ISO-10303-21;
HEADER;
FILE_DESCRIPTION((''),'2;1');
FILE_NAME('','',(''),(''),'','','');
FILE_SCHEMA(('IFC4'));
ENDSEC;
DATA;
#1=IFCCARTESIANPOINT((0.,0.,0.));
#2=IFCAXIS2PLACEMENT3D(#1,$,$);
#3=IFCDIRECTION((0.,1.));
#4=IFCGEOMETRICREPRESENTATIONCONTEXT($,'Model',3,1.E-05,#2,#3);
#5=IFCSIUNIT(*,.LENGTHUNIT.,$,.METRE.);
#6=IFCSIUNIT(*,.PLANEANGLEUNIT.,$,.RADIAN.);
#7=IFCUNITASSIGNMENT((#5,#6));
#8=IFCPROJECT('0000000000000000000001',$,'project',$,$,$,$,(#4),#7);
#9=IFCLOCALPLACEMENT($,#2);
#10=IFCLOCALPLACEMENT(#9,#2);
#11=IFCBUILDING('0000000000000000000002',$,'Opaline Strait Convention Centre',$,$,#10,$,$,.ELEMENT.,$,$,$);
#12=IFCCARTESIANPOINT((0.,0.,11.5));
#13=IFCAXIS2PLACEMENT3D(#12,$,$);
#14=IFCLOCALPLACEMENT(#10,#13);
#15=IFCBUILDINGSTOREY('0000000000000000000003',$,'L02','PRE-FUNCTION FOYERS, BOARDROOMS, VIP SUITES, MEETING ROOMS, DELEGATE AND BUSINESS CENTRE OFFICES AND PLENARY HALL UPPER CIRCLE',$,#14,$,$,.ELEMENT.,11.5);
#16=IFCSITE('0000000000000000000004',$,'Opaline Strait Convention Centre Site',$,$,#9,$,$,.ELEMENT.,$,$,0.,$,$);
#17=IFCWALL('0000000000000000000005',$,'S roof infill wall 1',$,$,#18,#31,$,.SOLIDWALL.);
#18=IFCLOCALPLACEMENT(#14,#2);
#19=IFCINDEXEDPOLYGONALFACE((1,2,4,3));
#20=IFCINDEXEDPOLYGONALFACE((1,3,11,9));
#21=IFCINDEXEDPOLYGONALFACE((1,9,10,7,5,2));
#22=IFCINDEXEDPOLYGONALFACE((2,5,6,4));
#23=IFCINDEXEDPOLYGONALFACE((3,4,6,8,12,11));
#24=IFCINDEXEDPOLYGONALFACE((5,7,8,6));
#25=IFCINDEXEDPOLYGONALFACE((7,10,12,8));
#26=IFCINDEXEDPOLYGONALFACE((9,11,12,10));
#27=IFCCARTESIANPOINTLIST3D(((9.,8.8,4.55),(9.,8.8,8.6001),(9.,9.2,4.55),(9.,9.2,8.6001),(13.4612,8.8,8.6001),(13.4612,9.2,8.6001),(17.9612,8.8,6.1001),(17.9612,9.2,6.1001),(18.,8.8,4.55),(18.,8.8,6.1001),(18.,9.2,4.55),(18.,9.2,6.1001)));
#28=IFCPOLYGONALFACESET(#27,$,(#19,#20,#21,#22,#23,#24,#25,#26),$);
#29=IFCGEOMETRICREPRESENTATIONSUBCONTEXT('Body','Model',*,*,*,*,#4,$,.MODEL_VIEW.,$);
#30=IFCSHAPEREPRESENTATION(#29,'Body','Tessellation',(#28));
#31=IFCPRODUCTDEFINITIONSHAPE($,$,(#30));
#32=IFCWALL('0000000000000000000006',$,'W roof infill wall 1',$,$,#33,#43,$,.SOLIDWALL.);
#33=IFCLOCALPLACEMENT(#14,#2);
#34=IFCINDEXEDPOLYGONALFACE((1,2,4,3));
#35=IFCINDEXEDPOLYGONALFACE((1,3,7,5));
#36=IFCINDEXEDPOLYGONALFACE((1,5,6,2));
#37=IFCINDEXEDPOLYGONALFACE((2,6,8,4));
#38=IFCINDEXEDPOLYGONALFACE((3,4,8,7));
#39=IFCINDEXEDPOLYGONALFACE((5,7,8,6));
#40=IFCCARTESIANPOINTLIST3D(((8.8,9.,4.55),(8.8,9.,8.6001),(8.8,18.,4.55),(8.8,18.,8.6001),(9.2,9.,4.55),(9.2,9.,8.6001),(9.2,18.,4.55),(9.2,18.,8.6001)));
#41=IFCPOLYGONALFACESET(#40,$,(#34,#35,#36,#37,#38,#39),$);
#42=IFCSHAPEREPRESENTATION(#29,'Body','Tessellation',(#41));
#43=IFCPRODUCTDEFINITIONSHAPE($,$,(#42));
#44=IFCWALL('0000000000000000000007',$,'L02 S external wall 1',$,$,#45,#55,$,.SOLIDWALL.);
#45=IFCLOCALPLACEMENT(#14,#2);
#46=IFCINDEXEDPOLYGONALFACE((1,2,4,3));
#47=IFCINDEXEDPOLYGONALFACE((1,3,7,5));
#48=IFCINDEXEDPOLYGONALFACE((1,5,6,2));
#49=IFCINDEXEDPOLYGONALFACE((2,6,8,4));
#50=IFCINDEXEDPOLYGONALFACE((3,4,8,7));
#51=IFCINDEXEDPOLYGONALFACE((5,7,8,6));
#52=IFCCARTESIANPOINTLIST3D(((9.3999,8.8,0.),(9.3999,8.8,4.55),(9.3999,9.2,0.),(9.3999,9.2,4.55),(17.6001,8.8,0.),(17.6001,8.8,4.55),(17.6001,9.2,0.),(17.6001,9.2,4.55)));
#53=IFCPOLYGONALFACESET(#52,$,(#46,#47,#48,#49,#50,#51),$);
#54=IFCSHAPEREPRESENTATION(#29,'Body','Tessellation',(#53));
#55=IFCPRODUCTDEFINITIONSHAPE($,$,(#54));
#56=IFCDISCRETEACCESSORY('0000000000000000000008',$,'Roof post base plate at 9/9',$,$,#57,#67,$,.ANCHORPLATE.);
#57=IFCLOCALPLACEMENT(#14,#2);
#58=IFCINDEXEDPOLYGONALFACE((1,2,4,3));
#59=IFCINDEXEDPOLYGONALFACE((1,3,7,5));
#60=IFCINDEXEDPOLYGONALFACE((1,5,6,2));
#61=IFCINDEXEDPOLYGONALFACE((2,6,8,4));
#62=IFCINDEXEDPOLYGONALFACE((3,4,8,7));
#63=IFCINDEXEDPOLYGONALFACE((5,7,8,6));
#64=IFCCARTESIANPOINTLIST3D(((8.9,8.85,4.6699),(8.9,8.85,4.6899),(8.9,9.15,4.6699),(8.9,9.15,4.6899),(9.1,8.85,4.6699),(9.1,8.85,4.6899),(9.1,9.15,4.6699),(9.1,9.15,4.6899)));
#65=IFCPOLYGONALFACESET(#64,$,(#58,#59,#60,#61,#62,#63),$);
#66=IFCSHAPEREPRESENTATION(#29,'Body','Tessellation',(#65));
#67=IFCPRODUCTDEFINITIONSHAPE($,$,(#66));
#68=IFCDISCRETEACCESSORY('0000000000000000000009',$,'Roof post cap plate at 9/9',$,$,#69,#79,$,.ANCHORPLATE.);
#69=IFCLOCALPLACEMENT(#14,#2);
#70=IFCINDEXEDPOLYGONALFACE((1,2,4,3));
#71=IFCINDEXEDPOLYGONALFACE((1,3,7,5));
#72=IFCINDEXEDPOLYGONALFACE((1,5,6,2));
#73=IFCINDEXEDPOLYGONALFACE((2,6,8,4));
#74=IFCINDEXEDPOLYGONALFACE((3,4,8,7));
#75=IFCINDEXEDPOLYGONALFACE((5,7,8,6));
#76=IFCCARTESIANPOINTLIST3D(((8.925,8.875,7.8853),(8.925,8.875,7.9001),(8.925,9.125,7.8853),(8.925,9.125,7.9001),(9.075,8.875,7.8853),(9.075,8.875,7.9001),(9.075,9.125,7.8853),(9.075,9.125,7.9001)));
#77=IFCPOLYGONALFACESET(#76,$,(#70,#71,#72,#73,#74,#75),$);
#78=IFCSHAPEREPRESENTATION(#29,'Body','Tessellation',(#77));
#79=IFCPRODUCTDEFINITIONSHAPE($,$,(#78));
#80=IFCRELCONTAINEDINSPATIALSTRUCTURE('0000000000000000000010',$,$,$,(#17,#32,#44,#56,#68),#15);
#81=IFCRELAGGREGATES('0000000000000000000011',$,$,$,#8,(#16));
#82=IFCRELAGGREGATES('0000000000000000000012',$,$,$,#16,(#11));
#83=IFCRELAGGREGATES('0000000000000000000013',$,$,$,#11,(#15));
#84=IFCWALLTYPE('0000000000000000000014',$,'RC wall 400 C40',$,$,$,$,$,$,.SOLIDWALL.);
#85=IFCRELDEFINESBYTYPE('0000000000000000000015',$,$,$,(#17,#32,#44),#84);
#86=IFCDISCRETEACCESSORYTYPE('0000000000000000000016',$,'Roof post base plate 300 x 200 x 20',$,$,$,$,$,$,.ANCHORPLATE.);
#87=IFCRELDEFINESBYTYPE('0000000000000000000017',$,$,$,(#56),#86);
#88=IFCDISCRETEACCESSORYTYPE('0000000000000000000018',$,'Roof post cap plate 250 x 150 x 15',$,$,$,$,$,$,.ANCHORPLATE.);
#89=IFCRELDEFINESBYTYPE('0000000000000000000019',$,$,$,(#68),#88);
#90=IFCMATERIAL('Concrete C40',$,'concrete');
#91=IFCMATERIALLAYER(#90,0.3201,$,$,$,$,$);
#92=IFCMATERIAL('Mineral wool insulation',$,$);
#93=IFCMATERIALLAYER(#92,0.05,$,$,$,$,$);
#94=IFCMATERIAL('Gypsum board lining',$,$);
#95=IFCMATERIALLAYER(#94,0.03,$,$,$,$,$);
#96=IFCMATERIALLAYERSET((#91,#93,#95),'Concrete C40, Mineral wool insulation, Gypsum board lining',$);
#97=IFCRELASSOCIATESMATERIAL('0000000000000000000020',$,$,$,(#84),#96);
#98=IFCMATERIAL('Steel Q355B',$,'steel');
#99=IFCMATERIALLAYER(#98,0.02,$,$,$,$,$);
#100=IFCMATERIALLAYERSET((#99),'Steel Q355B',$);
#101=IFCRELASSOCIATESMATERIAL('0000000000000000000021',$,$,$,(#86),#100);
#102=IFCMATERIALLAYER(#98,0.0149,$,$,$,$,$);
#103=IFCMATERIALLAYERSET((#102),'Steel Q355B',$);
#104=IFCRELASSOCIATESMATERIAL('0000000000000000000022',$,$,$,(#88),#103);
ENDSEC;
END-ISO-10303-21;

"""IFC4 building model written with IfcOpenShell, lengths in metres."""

from ifc_helpers import new_model, si_unit, direction, frame, frame_2d, origin, origin_2d, place, context, subcontext, project, spatial, polyline, rectangle, outline, extrude, material, layer, layer_set, type_object, element, save


model = new_model("IFC4")

# Units and contexts
model_context = context("Model", 3, precision=1e-05, world=origin(), true_north=direction((0.0, 1.0)))
body_context = subcontext(model_context, "Body", "Model", "MODEL_VIEW")
ifc_project = project(units=[si_unit("LENGTHUNIT", "METRE"), si_unit("PLANEANGLEUNIT", "RADIAN")], contexts=[model_context])

# Site, building, storey
site_placement = place(None, origin())
site = spatial("IfcSite", under=ifc_project, at=site_placement, Name="Opaline Strait Convention Centre Site", CompositionType="ELEMENT", RefElevation=0.0)
building_placement = place(site_placement, origin())
building = spatial("IfcBuilding", under=site, at=building_placement, Name="Opaline Strait Convention Centre", CompositionType="ELEMENT")
storey_placement = place(building_placement, frame((0.0, 0.0, 11.5)))
storey = spatial("IfcBuildingStorey", under=building, at=storey_placement, Name="L02", Description="PRE-FUNCTION FOYERS, BOARDROOMS, VIP SUITES, MEETING ROOMS, DELEGATE AND BUSINESS CENTRE OFFICES AND PLENARY HALL UPPER CIRCLE", CompositionType="ELEMENT", Elevation=11.5)

# Shared definitions
ifc_material_1 = material(Name="Concrete C40", Category="concrete")

# Shared definitions
ifc_material_2 = material(Name="Steel Q355B", Category="steel")

# Walls
ifc_layer_1 = layer(ifc_material_1, 0.3201)
ifc_material_3 = material(Name="Mineral wool insulation")
ifc_layer_2 = layer(ifc_material_3, 0.05)
ifc_material_4 = material(Name="Gypsum board lining")
ifc_layer_3 = layer(ifc_material_4, 0.03)
ifc_layer_set_1 = layer_set([ifc_layer_1, ifc_layer_2, ifc_layer_3], Name="Concrete C40, Mineral wool insulation, Gypsum board lining")
wall_type = type_object("IfcWallType", Name="RC wall 400 C40", PredefinedType="SOLIDWALL", material=ifc_layer_set_1)
wall_1_placement = place(storey_placement, frame((9.0, 9.0, 4.55), z_axis=(0.0, 0.0, 1.0), x_axis=(1.0, 0.0, 0.0)))
element("IfcWall", 1, at=wall_1_placement, inside=storey, type_object=wall_type, Name="S roof infill wall 1", PredefinedType="SOLIDWALL", context=body_context, shape_type="SweptSolid", body=[
    extrude(outline(polyline([(0.0, 0.0), (9.0, 0.0), (9.0, 1.55), (8.9612, 1.55), (4.4612, 4.05), (0.0, 4.05), (0.0, 0.0)])), frame((0.0, 0.2, 0.0), z_axis=(0.0, -1.0, 0.0), x_axis=(1.0, 0.0, 0.0)), (0.0, 0.0, 1.0), 0.3999),
])
wall_2_placement = place(storey_placement, frame((9.0, 9.0, 4.55), z_axis=(0.0, 0.0, 1.0), x_axis=(0.0, 1.0, 0.0)))
element("IfcWall", 2, at=wall_2_placement, inside=storey, type_object=wall_type, Name="W roof infill wall 1", PredefinedType="SOLIDWALL", context=body_context, shape_type="SweptSolid", body=[
    extrude(rectangle(XDim=9.0, YDim=0.3999, at=frame_2d((4.5, 0.0))), origin(), (0.0, 0.0, 1.0), 4.05),
])
wall_3_placement = place(storey_placement, frame((9.3999, 9.0, 0.0), z_axis=(0.0, 0.0, 1.0), x_axis=(1.0, 0.0, 0.0)))
element("IfcWall", 3, at=wall_3_placement, inside=storey, type_object=wall_type, Name="L02 S external wall 1", PredefinedType="SOLIDWALL", context=body_context, shape_type="SweptSolid", body=[
    extrude(rectangle(XDim=8.2002, YDim=0.3999, at=frame_2d((4.1001, 0.0))), origin(), (0.0, 0.0, 1.0), 4.55),
])

# Discrete accessories
ifc_layer_4 = layer(ifc_material_2, 0.02)
ifc_layer_set_2 = layer_set([ifc_layer_4], Name="Steel Q355B")
discrete_accessory_type_1 = type_object("IfcDiscreteAccessoryType", Name="Roof post base plate 300 x 200 x 20", PredefinedType="ANCHORPLATE", material=ifc_layer_set_2)
discrete_accessory_1_placement = place(storey_placement, frame((9.0, 9.0, 4.6699), z_axis=(0.0, 0.0, 1.0), x_axis=(1.0, 0.0, 0.0)))
element("IfcDiscreteAccessory", 4, at=discrete_accessory_1_placement, inside=storey, type_object=discrete_accessory_type_1, Name="Roof post base plate at 9/9", PredefinedType="ANCHORPLATE", context=body_context, shape_type="SweptSolid", body=[
    extrude(rectangle(XDim=0.2, YDim=0.3, at=origin_2d()), origin(), (0.0, 0.0, 1.0), 0.02),
])
ifc_layer_5 = layer(ifc_material_2, 0.0149)
ifc_layer_set_3 = layer_set([ifc_layer_5], Name="Steel Q355B")
discrete_accessory_type_2 = type_object("IfcDiscreteAccessoryType", Name="Roof post cap plate 250 x 150 x 15", PredefinedType="ANCHORPLATE", material=ifc_layer_set_3)
discrete_accessory_2_placement = place(storey_placement, frame((9.0, 9.0, 7.8853), z_axis=(0.0, 0.0, 1.0), x_axis=(1.0, 0.0, 0.0)))
element("IfcDiscreteAccessory", 5, at=discrete_accessory_2_placement, inside=storey, type_object=discrete_accessory_type_2, Name="Roof post cap plate at 9/9", PredefinedType="ANCHORPLATE", context=body_context, shape_type="SweptSolid", body=[
    extrude(rectangle(XDim=0.1499, YDim=0.25, at=origin_2d()), origin(), (0.0, 0.0, 1.0), 0.0149),
])

save(model, "model.ifc")
